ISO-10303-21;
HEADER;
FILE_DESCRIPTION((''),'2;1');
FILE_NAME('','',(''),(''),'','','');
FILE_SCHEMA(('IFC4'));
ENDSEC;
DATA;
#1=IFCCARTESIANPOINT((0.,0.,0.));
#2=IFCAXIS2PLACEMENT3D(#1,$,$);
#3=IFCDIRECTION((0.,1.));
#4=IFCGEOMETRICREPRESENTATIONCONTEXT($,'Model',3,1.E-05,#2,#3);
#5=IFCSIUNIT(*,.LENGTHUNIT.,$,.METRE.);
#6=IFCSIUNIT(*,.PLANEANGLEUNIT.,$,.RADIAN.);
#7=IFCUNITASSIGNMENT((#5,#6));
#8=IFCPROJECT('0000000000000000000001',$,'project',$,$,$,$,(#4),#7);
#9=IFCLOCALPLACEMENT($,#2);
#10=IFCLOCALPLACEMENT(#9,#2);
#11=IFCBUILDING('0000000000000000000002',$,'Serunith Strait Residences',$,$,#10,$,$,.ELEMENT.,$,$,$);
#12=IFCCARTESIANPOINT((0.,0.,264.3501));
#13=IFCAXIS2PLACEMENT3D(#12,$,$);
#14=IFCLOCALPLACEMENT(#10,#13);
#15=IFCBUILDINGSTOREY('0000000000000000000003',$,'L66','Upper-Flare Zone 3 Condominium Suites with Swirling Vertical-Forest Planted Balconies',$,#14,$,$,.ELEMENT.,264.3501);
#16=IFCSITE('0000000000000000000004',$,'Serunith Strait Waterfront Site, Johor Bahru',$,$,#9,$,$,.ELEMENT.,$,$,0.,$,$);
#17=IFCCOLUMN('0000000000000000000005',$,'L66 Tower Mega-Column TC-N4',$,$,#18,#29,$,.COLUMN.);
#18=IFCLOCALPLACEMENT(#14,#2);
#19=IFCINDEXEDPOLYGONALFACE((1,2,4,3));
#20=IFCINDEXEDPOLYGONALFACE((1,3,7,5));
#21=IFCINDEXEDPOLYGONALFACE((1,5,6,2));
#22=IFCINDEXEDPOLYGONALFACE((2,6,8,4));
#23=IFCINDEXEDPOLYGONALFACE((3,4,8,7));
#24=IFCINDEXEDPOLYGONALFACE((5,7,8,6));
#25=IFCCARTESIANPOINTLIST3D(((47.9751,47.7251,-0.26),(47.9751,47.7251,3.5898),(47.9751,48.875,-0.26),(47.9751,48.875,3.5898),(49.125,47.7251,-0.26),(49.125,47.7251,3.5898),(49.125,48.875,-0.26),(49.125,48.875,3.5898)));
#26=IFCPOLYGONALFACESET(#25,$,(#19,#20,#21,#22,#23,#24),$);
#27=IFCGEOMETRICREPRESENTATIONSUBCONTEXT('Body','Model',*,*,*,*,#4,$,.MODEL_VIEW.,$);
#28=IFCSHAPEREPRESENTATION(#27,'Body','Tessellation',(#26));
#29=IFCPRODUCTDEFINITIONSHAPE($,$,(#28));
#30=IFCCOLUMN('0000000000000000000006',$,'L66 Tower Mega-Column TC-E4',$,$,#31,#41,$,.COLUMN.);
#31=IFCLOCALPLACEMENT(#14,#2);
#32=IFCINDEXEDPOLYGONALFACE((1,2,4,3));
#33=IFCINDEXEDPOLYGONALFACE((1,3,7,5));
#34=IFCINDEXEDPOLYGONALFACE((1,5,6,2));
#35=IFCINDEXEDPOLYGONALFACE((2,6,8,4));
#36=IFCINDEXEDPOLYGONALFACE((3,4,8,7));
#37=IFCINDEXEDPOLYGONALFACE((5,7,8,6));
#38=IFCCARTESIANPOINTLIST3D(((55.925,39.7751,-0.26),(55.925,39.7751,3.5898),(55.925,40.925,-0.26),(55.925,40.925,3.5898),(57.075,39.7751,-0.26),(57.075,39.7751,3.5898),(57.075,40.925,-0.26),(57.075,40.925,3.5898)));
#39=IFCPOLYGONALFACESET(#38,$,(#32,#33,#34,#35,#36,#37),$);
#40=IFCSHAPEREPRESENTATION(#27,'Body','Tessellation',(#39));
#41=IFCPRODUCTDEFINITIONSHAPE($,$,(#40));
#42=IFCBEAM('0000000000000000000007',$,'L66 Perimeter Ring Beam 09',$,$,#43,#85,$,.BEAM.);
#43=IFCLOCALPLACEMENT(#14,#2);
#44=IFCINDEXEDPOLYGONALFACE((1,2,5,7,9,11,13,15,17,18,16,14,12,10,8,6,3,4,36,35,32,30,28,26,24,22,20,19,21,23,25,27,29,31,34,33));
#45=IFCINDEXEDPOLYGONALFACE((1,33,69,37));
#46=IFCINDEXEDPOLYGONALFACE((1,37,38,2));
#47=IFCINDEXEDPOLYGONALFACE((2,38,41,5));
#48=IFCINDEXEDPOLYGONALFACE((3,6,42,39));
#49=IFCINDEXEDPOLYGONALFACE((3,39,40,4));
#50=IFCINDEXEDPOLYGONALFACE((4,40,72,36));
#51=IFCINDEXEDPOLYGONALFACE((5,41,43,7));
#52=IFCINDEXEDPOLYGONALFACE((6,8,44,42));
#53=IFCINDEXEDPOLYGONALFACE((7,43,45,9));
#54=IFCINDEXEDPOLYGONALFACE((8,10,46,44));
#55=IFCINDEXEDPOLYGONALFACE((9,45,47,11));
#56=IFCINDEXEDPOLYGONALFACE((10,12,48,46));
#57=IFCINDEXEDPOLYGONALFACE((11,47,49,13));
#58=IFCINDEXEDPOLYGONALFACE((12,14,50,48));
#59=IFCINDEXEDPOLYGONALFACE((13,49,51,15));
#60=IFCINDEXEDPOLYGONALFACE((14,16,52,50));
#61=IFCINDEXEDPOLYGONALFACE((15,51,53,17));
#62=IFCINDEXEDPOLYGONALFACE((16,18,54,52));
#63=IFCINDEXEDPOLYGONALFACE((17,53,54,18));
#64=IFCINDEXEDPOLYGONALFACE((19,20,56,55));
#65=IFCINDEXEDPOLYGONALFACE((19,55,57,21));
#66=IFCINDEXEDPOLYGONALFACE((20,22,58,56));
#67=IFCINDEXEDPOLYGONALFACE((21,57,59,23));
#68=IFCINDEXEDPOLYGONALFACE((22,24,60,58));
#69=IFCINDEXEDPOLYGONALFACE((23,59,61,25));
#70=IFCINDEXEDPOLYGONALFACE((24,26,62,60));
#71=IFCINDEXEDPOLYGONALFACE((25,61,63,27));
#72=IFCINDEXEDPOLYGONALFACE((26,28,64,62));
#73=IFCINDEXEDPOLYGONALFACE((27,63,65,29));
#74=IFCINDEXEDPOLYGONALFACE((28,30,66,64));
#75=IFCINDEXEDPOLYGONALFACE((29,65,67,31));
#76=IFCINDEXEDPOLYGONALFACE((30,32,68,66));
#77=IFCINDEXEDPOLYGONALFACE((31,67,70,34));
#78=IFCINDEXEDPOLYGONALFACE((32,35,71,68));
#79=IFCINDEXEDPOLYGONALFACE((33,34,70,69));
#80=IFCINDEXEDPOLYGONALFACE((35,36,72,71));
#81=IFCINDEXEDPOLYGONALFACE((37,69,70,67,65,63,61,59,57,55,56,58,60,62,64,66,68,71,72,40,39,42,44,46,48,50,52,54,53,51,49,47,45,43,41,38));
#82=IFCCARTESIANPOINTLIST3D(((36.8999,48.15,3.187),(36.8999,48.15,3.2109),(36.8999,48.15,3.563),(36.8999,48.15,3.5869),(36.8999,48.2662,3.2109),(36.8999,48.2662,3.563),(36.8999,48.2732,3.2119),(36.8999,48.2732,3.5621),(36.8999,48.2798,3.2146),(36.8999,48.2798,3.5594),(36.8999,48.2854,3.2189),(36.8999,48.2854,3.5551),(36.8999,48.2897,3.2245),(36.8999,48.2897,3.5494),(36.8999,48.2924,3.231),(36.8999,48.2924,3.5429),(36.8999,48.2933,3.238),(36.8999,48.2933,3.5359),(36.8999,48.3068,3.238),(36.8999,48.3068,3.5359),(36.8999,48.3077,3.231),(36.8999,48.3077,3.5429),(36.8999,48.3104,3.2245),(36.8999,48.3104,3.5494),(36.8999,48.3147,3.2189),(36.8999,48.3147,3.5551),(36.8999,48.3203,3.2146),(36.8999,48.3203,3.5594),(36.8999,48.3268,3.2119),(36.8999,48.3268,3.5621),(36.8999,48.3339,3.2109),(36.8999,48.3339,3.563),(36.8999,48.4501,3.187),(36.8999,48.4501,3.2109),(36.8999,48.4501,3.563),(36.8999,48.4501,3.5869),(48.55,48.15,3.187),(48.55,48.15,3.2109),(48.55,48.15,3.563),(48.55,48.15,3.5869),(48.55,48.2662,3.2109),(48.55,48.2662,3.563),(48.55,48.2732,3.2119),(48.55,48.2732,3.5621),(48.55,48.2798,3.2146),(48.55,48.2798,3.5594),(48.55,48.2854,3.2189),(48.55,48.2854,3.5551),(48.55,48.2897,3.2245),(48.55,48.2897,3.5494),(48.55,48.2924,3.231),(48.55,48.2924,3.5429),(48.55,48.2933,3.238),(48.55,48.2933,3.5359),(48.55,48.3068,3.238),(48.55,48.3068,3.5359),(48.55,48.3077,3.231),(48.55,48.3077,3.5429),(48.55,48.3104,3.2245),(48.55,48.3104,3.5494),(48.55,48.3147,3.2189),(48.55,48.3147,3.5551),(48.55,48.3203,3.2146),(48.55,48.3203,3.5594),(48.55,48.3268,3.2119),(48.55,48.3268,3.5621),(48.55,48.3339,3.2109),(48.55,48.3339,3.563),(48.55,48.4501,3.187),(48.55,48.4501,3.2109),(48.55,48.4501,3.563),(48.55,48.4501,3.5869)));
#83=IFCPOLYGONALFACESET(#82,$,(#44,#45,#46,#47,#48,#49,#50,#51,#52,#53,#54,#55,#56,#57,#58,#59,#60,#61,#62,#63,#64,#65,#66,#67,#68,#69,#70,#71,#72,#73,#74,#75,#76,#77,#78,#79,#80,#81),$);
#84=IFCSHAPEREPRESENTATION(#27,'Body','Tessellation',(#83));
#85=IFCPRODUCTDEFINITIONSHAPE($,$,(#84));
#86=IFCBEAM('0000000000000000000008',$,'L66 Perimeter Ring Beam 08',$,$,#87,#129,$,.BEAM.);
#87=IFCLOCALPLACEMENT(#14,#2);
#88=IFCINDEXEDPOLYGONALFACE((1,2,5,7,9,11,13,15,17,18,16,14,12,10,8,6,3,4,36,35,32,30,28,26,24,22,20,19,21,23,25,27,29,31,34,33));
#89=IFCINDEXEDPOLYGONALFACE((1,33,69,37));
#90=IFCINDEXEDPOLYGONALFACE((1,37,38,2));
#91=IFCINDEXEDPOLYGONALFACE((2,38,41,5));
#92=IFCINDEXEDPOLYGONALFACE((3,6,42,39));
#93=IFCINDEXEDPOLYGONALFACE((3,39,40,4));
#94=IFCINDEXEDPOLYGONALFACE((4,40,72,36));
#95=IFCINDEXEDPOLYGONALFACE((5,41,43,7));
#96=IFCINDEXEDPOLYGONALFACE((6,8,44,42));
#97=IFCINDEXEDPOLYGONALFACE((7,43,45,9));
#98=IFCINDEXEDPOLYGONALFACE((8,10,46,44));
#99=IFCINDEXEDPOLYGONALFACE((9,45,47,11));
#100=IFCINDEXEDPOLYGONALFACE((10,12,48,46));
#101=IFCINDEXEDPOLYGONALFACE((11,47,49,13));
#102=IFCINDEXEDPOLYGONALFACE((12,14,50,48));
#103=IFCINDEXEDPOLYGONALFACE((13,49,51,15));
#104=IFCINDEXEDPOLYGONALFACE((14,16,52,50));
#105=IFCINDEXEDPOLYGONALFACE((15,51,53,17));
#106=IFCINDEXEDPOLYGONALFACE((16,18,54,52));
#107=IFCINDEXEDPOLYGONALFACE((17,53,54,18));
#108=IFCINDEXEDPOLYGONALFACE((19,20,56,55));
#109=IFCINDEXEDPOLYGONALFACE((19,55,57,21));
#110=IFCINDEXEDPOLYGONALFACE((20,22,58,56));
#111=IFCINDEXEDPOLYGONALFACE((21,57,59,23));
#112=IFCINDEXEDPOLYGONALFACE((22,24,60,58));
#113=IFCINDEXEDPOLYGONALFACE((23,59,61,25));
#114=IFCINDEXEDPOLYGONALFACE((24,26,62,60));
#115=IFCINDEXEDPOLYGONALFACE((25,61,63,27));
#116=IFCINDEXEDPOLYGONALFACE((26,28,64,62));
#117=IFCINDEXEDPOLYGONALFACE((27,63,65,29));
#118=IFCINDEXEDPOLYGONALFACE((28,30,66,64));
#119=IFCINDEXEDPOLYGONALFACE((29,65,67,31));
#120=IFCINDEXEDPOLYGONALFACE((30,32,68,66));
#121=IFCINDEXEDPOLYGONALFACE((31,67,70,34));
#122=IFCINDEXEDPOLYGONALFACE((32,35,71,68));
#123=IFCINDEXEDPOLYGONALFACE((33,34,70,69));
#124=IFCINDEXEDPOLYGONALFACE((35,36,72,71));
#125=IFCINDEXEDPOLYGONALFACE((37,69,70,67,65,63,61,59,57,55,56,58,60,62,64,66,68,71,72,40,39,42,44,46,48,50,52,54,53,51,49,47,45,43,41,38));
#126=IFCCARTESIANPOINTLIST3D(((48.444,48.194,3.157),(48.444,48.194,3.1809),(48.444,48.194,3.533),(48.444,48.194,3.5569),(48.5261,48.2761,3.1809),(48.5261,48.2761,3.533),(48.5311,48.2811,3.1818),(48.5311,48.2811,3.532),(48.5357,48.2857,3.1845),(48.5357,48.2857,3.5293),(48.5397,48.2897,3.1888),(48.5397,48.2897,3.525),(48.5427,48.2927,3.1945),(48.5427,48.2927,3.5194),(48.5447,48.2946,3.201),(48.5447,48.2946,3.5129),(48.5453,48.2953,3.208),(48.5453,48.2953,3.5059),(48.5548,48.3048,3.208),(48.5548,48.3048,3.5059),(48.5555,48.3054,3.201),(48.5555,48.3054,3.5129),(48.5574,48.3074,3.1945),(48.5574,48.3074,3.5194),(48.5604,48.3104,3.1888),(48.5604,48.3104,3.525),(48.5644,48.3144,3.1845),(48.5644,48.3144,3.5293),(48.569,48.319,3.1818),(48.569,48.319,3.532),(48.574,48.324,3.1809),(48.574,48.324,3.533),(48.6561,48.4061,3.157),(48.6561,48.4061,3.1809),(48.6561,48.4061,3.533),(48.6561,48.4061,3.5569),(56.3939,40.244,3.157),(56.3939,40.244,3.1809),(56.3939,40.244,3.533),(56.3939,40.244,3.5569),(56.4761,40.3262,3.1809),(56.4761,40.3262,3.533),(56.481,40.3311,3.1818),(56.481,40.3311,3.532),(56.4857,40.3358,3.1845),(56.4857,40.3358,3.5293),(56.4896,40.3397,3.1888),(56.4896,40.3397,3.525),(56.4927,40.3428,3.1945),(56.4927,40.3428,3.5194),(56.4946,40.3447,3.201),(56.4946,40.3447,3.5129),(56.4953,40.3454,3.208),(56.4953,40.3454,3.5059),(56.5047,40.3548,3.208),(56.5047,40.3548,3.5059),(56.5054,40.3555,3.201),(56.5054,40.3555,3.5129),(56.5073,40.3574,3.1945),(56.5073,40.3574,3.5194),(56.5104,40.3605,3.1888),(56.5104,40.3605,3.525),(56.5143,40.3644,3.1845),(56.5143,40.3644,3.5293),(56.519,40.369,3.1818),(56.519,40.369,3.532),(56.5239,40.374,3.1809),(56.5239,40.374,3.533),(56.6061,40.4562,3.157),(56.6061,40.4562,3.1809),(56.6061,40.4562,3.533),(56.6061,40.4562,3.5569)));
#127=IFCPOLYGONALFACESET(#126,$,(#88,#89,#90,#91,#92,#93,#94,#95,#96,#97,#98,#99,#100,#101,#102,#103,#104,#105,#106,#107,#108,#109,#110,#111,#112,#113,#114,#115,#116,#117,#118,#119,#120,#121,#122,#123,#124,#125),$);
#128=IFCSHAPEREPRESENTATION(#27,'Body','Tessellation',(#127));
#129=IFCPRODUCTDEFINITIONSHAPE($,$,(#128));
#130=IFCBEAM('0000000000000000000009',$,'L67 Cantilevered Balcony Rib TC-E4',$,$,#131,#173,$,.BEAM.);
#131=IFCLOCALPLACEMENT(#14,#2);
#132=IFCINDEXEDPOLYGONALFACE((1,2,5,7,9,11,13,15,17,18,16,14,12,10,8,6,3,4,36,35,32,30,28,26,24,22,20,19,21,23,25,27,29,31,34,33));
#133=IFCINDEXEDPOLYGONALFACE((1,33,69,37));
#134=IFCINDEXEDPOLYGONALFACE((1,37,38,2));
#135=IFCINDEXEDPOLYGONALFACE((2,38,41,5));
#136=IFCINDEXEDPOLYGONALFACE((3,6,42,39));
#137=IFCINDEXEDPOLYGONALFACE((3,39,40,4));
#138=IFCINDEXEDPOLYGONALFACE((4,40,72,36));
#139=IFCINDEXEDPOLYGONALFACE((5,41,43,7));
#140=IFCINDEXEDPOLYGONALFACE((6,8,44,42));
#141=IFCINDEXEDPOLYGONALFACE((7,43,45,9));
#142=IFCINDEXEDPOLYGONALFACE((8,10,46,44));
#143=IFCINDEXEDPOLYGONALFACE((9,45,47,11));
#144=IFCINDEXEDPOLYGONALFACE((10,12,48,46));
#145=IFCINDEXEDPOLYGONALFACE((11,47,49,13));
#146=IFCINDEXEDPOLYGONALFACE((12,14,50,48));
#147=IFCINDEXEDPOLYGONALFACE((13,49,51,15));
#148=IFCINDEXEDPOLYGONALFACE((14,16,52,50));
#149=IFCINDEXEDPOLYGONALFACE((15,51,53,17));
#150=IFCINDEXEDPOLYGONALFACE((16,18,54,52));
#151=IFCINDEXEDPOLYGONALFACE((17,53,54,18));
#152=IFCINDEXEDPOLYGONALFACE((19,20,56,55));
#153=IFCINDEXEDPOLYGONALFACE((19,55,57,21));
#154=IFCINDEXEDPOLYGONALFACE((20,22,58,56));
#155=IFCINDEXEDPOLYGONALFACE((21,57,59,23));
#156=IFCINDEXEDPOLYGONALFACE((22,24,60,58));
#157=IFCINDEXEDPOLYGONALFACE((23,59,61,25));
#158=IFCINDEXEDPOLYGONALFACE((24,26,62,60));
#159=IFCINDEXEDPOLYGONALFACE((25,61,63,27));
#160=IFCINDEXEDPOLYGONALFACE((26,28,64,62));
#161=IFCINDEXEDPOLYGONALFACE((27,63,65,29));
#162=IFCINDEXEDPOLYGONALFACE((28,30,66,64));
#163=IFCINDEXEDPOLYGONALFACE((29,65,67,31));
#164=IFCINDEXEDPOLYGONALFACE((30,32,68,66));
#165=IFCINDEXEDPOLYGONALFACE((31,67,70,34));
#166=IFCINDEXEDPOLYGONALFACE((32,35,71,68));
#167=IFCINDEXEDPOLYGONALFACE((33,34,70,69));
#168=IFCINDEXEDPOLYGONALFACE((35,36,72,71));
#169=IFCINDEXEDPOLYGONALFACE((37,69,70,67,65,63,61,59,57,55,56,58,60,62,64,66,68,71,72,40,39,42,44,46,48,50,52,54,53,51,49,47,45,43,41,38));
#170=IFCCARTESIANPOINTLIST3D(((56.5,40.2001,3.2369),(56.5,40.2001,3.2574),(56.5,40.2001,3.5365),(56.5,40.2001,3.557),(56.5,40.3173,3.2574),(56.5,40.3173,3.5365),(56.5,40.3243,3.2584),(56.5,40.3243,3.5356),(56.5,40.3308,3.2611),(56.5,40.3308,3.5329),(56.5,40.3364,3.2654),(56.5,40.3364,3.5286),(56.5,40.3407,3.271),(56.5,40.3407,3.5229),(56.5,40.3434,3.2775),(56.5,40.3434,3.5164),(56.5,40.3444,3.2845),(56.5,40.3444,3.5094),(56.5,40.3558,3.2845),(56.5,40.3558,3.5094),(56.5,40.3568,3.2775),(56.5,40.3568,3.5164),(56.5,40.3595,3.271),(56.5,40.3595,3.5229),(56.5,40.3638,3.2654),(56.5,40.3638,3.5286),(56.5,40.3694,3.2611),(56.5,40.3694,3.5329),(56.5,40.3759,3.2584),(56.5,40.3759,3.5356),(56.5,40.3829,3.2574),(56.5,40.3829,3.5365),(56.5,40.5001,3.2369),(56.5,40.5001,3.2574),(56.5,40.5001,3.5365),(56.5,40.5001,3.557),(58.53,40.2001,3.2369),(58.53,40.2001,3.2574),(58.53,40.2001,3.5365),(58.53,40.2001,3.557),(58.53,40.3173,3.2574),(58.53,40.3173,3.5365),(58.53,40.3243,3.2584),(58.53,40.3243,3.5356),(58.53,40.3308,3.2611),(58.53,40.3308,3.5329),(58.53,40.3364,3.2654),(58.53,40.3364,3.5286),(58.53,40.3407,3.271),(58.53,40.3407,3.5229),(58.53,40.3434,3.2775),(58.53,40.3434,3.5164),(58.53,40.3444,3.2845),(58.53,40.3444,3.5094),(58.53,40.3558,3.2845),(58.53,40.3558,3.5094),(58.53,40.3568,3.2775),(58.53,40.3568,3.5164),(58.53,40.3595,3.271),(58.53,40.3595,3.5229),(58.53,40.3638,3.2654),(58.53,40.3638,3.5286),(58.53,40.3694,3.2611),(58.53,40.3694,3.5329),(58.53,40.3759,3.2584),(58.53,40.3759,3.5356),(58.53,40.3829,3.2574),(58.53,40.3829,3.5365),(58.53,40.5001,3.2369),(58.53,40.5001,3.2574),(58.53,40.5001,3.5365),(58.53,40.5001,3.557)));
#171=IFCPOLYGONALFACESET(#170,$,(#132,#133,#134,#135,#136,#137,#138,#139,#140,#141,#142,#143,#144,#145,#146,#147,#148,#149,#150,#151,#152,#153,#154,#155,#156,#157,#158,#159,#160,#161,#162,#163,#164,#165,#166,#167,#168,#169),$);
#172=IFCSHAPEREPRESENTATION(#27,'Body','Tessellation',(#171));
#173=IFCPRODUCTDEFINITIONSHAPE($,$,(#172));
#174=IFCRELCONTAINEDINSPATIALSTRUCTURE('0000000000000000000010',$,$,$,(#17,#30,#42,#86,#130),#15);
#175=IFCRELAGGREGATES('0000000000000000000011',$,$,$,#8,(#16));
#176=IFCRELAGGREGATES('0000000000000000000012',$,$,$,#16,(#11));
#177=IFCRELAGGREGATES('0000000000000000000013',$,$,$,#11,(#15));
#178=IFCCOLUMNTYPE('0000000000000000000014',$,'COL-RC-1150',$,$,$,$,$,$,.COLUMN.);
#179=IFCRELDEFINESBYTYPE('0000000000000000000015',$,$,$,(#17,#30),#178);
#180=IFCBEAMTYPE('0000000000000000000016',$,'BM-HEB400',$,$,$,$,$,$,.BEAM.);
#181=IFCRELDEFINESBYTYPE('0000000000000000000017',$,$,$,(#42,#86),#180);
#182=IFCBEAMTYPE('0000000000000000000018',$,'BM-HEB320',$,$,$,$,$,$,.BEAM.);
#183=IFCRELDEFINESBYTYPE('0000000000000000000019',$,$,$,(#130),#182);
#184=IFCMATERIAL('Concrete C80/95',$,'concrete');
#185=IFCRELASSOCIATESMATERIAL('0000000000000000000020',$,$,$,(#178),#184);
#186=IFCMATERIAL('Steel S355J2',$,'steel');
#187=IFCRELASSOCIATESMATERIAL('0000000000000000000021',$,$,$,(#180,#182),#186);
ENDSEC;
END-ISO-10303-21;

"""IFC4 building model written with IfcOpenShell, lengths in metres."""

from ifc_helpers import new_model, si_unit, direction, frame, origin, origin_2d, place, context, subcontext, project, spatial, rectangle, i_section, extrude, source, transform, mapped, material, material_profile, profile_set, type_object, element, save


model = new_model("IFC4")

# Units and contexts
model_context = context("Model", 3, precision=1e-05, world=origin(), true_north=direction((0.0, 1.0)))
body_context = subcontext(model_context, "Body", "Model", "MODEL_VIEW")
ifc_project = project(units=[si_unit("LENGTHUNIT", "METRE"), si_unit("PLANEANGLEUNIT", "RADIAN")], contexts=[model_context])

# Site, building, storey
site_placement = place(None, origin())
site = spatial("IfcSite", under=ifc_project, at=site_placement, Name="Serunith Strait Waterfront Site, Johor Bahru", CompositionType="ELEMENT", RefElevation=0.0)
building_placement = place(site_placement, origin())
building = spatial("IfcBuilding", under=site, at=building_placement, Name="Serunith Strait Residences", CompositionType="ELEMENT")
storey_placement = place(building_placement, frame((0.0, 0.0, 264.3501)))
storey = spatial("IfcBuildingStorey", under=building, at=storey_placement, Name="L66", Description="Upper-Flare Zone 3 Condominium Suites with Swirling Vertical-Forest Planted Balconies", CompositionType="ELEMENT", Elevation=264.3501)

# Columns
ifc_material_1 = material(Name="Concrete C80/95", Category="concrete")
ifc_material_profile_1 = material_profile(ifc_material_1, rectangle(XDim=1.1499, YDim=1.1499, at=origin_2d()), Name="RC 1150x1150")
ifc_profile_set_1 = profile_set([ifc_material_profile_1], Name="Concrete C80/95")
column_type = type_object("IfcColumnType", Name="COL-RC-1150", PredefinedType="COLUMN", material=ifc_profile_set_1)
shared_shape_1 = source(origin(), body_context, "Body", "SweptSolid", [
    extrude(rectangle(XDim=1.1499, YDim=1.1499, at=origin_2d()), origin(), (0.0, 0.0, 1.0), 3.8499),
])
for number, where, z_axis, x_axis, name in (
    (1, (48.55, 48.3, -0.26), (0.0, 0.0, 1.0), (1.0, 0.0, 0.0), "L66 Tower Mega-Column TC-N4"),
    (2, (56.5, 40.3501, -0.26), (0.0, 0.0, 1.0), (1.0, 0.0, 0.0), "L66 Tower Mega-Column TC-E4"),
):
    element("IfcColumn", number, at=place(storey_placement, frame(where, z_axis=z_axis, x_axis=x_axis)), inside=storey, type_object=column_type, Name=name, PredefinedType="COLUMN", context=body_context, shape_type="MappedRepresentation", body=[
        mapped(shared_shape_1, transform((0.0, 0.0, 0.0), scale=1.0)),
    ])

# Beams
ifc_material_2 = material(Name="Steel S355J2", Category="steel")
ifc_material_profile_2 = material_profile(ifc_material_2, i_section(OverallWidth=0.3, OverallDepth=0.3999, WebThickness=0.0134, FlangeThickness=0.0239, FilletRadius=0.0271, at=origin_2d()), Name="HEB 400")
ifc_profile_set_2 = profile_set([ifc_material_profile_2], Name="Steel S355J2")
beam_type_1 = type_object("IfcBeamType", Name="BM-HEB400", PredefinedType="BEAM", material=ifc_profile_set_2)
shared_shape_2 = source(origin(), body_context, "Body", "SweptSolid", [
    extrude(i_section(OverallWidth=0.3, OverallDepth=0.3999, WebThickness=0.0134, FlangeThickness=0.0239, FilletRadius=0.0271, at=origin_2d()), origin(), (0.0, 0.0, 1.0), 11.6501),
])
beam_1_placement = place(storey_placement, frame((48.55, 48.3, 3.387), z_axis=(-1.0, 0.0, 0.0), x_axis=(0.0, -1.0, 0.0)))
element("IfcBeam", 3, at=beam_1_placement, inside=storey, type_object=beam_type_1, Name="L66 Perimeter Ring Beam 09", PredefinedType="BEAM", context=body_context, shape_type="MappedRepresentation", body=[
    mapped(shared_shape_2, transform((0.0, 0.0, 0.0), scale=1.0)),
])
shared_shape_3 = source(origin(), body_context, "Body", "SweptSolid", [
    extrude(i_section(OverallWidth=0.3, OverallDepth=0.3999, WebThickness=0.0134, FlangeThickness=0.0239, FilletRadius=0.0271, at=origin_2d()), origin(), (0.0, 0.0, 1.0), 11.2429),
])
beam_2_placement = place(storey_placement, frame((56.5, 40.3501, 3.3569), z_axis=(-0.707107, 0.707107, 0.0), x_axis=(-0.707107, -0.707107, 0.0)))
element("IfcBeam", 4, at=beam_2_placement, inside=storey, type_object=beam_type_1, Name="L66 Perimeter Ring Beam 08", PredefinedType="BEAM", context=body_context, shape_type="MappedRepresentation", body=[
    mapped(shared_shape_3, transform((0.0, 0.0, 0.0), scale=1.0)),
])
ifc_material_profile_3 = material_profile(ifc_material_2, i_section(OverallWidth=0.3, OverallDepth=0.3201, WebThickness=0.0115, FlangeThickness=0.0205, FilletRadius=0.0271, at=origin_2d()), Name="HEB 320")
ifc_profile_set_3 = profile_set([ifc_material_profile_3], Name="Steel S355J2")
beam_type_2 = type_object("IfcBeamType", Name="BM-HEB320", PredefinedType="BEAM", material=ifc_profile_set_3)
shared_shape_4 = source(origin(), body_context, "Body", "SweptSolid", [
    extrude(i_section(OverallWidth=0.3, OverallDepth=0.3201, WebThickness=0.0115, FlangeThickness=0.0205, FilletRadius=0.0271, at=origin_2d()), origin(), (0.0, 0.0, 1.0), 2.03),
])
beam_3_placement = place(storey_placement, frame((56.5, 40.3501, 3.397), z_axis=(1.0, 0.0, 0.0), x_axis=(0.0, 1.0, 0.0)))
element("IfcBeam", 5, at=beam_3_placement, inside=storey, type_object=beam_type_2, Name="L67 Cantilevered Balcony Rib TC-E4", PredefinedType="BEAM", context=body_context, shape_type="MappedRepresentation", body=[
    mapped(shared_shape_4, transform((0.0, 0.0, 0.0), scale=1.0)),
])

save(model, "model.ifc")
